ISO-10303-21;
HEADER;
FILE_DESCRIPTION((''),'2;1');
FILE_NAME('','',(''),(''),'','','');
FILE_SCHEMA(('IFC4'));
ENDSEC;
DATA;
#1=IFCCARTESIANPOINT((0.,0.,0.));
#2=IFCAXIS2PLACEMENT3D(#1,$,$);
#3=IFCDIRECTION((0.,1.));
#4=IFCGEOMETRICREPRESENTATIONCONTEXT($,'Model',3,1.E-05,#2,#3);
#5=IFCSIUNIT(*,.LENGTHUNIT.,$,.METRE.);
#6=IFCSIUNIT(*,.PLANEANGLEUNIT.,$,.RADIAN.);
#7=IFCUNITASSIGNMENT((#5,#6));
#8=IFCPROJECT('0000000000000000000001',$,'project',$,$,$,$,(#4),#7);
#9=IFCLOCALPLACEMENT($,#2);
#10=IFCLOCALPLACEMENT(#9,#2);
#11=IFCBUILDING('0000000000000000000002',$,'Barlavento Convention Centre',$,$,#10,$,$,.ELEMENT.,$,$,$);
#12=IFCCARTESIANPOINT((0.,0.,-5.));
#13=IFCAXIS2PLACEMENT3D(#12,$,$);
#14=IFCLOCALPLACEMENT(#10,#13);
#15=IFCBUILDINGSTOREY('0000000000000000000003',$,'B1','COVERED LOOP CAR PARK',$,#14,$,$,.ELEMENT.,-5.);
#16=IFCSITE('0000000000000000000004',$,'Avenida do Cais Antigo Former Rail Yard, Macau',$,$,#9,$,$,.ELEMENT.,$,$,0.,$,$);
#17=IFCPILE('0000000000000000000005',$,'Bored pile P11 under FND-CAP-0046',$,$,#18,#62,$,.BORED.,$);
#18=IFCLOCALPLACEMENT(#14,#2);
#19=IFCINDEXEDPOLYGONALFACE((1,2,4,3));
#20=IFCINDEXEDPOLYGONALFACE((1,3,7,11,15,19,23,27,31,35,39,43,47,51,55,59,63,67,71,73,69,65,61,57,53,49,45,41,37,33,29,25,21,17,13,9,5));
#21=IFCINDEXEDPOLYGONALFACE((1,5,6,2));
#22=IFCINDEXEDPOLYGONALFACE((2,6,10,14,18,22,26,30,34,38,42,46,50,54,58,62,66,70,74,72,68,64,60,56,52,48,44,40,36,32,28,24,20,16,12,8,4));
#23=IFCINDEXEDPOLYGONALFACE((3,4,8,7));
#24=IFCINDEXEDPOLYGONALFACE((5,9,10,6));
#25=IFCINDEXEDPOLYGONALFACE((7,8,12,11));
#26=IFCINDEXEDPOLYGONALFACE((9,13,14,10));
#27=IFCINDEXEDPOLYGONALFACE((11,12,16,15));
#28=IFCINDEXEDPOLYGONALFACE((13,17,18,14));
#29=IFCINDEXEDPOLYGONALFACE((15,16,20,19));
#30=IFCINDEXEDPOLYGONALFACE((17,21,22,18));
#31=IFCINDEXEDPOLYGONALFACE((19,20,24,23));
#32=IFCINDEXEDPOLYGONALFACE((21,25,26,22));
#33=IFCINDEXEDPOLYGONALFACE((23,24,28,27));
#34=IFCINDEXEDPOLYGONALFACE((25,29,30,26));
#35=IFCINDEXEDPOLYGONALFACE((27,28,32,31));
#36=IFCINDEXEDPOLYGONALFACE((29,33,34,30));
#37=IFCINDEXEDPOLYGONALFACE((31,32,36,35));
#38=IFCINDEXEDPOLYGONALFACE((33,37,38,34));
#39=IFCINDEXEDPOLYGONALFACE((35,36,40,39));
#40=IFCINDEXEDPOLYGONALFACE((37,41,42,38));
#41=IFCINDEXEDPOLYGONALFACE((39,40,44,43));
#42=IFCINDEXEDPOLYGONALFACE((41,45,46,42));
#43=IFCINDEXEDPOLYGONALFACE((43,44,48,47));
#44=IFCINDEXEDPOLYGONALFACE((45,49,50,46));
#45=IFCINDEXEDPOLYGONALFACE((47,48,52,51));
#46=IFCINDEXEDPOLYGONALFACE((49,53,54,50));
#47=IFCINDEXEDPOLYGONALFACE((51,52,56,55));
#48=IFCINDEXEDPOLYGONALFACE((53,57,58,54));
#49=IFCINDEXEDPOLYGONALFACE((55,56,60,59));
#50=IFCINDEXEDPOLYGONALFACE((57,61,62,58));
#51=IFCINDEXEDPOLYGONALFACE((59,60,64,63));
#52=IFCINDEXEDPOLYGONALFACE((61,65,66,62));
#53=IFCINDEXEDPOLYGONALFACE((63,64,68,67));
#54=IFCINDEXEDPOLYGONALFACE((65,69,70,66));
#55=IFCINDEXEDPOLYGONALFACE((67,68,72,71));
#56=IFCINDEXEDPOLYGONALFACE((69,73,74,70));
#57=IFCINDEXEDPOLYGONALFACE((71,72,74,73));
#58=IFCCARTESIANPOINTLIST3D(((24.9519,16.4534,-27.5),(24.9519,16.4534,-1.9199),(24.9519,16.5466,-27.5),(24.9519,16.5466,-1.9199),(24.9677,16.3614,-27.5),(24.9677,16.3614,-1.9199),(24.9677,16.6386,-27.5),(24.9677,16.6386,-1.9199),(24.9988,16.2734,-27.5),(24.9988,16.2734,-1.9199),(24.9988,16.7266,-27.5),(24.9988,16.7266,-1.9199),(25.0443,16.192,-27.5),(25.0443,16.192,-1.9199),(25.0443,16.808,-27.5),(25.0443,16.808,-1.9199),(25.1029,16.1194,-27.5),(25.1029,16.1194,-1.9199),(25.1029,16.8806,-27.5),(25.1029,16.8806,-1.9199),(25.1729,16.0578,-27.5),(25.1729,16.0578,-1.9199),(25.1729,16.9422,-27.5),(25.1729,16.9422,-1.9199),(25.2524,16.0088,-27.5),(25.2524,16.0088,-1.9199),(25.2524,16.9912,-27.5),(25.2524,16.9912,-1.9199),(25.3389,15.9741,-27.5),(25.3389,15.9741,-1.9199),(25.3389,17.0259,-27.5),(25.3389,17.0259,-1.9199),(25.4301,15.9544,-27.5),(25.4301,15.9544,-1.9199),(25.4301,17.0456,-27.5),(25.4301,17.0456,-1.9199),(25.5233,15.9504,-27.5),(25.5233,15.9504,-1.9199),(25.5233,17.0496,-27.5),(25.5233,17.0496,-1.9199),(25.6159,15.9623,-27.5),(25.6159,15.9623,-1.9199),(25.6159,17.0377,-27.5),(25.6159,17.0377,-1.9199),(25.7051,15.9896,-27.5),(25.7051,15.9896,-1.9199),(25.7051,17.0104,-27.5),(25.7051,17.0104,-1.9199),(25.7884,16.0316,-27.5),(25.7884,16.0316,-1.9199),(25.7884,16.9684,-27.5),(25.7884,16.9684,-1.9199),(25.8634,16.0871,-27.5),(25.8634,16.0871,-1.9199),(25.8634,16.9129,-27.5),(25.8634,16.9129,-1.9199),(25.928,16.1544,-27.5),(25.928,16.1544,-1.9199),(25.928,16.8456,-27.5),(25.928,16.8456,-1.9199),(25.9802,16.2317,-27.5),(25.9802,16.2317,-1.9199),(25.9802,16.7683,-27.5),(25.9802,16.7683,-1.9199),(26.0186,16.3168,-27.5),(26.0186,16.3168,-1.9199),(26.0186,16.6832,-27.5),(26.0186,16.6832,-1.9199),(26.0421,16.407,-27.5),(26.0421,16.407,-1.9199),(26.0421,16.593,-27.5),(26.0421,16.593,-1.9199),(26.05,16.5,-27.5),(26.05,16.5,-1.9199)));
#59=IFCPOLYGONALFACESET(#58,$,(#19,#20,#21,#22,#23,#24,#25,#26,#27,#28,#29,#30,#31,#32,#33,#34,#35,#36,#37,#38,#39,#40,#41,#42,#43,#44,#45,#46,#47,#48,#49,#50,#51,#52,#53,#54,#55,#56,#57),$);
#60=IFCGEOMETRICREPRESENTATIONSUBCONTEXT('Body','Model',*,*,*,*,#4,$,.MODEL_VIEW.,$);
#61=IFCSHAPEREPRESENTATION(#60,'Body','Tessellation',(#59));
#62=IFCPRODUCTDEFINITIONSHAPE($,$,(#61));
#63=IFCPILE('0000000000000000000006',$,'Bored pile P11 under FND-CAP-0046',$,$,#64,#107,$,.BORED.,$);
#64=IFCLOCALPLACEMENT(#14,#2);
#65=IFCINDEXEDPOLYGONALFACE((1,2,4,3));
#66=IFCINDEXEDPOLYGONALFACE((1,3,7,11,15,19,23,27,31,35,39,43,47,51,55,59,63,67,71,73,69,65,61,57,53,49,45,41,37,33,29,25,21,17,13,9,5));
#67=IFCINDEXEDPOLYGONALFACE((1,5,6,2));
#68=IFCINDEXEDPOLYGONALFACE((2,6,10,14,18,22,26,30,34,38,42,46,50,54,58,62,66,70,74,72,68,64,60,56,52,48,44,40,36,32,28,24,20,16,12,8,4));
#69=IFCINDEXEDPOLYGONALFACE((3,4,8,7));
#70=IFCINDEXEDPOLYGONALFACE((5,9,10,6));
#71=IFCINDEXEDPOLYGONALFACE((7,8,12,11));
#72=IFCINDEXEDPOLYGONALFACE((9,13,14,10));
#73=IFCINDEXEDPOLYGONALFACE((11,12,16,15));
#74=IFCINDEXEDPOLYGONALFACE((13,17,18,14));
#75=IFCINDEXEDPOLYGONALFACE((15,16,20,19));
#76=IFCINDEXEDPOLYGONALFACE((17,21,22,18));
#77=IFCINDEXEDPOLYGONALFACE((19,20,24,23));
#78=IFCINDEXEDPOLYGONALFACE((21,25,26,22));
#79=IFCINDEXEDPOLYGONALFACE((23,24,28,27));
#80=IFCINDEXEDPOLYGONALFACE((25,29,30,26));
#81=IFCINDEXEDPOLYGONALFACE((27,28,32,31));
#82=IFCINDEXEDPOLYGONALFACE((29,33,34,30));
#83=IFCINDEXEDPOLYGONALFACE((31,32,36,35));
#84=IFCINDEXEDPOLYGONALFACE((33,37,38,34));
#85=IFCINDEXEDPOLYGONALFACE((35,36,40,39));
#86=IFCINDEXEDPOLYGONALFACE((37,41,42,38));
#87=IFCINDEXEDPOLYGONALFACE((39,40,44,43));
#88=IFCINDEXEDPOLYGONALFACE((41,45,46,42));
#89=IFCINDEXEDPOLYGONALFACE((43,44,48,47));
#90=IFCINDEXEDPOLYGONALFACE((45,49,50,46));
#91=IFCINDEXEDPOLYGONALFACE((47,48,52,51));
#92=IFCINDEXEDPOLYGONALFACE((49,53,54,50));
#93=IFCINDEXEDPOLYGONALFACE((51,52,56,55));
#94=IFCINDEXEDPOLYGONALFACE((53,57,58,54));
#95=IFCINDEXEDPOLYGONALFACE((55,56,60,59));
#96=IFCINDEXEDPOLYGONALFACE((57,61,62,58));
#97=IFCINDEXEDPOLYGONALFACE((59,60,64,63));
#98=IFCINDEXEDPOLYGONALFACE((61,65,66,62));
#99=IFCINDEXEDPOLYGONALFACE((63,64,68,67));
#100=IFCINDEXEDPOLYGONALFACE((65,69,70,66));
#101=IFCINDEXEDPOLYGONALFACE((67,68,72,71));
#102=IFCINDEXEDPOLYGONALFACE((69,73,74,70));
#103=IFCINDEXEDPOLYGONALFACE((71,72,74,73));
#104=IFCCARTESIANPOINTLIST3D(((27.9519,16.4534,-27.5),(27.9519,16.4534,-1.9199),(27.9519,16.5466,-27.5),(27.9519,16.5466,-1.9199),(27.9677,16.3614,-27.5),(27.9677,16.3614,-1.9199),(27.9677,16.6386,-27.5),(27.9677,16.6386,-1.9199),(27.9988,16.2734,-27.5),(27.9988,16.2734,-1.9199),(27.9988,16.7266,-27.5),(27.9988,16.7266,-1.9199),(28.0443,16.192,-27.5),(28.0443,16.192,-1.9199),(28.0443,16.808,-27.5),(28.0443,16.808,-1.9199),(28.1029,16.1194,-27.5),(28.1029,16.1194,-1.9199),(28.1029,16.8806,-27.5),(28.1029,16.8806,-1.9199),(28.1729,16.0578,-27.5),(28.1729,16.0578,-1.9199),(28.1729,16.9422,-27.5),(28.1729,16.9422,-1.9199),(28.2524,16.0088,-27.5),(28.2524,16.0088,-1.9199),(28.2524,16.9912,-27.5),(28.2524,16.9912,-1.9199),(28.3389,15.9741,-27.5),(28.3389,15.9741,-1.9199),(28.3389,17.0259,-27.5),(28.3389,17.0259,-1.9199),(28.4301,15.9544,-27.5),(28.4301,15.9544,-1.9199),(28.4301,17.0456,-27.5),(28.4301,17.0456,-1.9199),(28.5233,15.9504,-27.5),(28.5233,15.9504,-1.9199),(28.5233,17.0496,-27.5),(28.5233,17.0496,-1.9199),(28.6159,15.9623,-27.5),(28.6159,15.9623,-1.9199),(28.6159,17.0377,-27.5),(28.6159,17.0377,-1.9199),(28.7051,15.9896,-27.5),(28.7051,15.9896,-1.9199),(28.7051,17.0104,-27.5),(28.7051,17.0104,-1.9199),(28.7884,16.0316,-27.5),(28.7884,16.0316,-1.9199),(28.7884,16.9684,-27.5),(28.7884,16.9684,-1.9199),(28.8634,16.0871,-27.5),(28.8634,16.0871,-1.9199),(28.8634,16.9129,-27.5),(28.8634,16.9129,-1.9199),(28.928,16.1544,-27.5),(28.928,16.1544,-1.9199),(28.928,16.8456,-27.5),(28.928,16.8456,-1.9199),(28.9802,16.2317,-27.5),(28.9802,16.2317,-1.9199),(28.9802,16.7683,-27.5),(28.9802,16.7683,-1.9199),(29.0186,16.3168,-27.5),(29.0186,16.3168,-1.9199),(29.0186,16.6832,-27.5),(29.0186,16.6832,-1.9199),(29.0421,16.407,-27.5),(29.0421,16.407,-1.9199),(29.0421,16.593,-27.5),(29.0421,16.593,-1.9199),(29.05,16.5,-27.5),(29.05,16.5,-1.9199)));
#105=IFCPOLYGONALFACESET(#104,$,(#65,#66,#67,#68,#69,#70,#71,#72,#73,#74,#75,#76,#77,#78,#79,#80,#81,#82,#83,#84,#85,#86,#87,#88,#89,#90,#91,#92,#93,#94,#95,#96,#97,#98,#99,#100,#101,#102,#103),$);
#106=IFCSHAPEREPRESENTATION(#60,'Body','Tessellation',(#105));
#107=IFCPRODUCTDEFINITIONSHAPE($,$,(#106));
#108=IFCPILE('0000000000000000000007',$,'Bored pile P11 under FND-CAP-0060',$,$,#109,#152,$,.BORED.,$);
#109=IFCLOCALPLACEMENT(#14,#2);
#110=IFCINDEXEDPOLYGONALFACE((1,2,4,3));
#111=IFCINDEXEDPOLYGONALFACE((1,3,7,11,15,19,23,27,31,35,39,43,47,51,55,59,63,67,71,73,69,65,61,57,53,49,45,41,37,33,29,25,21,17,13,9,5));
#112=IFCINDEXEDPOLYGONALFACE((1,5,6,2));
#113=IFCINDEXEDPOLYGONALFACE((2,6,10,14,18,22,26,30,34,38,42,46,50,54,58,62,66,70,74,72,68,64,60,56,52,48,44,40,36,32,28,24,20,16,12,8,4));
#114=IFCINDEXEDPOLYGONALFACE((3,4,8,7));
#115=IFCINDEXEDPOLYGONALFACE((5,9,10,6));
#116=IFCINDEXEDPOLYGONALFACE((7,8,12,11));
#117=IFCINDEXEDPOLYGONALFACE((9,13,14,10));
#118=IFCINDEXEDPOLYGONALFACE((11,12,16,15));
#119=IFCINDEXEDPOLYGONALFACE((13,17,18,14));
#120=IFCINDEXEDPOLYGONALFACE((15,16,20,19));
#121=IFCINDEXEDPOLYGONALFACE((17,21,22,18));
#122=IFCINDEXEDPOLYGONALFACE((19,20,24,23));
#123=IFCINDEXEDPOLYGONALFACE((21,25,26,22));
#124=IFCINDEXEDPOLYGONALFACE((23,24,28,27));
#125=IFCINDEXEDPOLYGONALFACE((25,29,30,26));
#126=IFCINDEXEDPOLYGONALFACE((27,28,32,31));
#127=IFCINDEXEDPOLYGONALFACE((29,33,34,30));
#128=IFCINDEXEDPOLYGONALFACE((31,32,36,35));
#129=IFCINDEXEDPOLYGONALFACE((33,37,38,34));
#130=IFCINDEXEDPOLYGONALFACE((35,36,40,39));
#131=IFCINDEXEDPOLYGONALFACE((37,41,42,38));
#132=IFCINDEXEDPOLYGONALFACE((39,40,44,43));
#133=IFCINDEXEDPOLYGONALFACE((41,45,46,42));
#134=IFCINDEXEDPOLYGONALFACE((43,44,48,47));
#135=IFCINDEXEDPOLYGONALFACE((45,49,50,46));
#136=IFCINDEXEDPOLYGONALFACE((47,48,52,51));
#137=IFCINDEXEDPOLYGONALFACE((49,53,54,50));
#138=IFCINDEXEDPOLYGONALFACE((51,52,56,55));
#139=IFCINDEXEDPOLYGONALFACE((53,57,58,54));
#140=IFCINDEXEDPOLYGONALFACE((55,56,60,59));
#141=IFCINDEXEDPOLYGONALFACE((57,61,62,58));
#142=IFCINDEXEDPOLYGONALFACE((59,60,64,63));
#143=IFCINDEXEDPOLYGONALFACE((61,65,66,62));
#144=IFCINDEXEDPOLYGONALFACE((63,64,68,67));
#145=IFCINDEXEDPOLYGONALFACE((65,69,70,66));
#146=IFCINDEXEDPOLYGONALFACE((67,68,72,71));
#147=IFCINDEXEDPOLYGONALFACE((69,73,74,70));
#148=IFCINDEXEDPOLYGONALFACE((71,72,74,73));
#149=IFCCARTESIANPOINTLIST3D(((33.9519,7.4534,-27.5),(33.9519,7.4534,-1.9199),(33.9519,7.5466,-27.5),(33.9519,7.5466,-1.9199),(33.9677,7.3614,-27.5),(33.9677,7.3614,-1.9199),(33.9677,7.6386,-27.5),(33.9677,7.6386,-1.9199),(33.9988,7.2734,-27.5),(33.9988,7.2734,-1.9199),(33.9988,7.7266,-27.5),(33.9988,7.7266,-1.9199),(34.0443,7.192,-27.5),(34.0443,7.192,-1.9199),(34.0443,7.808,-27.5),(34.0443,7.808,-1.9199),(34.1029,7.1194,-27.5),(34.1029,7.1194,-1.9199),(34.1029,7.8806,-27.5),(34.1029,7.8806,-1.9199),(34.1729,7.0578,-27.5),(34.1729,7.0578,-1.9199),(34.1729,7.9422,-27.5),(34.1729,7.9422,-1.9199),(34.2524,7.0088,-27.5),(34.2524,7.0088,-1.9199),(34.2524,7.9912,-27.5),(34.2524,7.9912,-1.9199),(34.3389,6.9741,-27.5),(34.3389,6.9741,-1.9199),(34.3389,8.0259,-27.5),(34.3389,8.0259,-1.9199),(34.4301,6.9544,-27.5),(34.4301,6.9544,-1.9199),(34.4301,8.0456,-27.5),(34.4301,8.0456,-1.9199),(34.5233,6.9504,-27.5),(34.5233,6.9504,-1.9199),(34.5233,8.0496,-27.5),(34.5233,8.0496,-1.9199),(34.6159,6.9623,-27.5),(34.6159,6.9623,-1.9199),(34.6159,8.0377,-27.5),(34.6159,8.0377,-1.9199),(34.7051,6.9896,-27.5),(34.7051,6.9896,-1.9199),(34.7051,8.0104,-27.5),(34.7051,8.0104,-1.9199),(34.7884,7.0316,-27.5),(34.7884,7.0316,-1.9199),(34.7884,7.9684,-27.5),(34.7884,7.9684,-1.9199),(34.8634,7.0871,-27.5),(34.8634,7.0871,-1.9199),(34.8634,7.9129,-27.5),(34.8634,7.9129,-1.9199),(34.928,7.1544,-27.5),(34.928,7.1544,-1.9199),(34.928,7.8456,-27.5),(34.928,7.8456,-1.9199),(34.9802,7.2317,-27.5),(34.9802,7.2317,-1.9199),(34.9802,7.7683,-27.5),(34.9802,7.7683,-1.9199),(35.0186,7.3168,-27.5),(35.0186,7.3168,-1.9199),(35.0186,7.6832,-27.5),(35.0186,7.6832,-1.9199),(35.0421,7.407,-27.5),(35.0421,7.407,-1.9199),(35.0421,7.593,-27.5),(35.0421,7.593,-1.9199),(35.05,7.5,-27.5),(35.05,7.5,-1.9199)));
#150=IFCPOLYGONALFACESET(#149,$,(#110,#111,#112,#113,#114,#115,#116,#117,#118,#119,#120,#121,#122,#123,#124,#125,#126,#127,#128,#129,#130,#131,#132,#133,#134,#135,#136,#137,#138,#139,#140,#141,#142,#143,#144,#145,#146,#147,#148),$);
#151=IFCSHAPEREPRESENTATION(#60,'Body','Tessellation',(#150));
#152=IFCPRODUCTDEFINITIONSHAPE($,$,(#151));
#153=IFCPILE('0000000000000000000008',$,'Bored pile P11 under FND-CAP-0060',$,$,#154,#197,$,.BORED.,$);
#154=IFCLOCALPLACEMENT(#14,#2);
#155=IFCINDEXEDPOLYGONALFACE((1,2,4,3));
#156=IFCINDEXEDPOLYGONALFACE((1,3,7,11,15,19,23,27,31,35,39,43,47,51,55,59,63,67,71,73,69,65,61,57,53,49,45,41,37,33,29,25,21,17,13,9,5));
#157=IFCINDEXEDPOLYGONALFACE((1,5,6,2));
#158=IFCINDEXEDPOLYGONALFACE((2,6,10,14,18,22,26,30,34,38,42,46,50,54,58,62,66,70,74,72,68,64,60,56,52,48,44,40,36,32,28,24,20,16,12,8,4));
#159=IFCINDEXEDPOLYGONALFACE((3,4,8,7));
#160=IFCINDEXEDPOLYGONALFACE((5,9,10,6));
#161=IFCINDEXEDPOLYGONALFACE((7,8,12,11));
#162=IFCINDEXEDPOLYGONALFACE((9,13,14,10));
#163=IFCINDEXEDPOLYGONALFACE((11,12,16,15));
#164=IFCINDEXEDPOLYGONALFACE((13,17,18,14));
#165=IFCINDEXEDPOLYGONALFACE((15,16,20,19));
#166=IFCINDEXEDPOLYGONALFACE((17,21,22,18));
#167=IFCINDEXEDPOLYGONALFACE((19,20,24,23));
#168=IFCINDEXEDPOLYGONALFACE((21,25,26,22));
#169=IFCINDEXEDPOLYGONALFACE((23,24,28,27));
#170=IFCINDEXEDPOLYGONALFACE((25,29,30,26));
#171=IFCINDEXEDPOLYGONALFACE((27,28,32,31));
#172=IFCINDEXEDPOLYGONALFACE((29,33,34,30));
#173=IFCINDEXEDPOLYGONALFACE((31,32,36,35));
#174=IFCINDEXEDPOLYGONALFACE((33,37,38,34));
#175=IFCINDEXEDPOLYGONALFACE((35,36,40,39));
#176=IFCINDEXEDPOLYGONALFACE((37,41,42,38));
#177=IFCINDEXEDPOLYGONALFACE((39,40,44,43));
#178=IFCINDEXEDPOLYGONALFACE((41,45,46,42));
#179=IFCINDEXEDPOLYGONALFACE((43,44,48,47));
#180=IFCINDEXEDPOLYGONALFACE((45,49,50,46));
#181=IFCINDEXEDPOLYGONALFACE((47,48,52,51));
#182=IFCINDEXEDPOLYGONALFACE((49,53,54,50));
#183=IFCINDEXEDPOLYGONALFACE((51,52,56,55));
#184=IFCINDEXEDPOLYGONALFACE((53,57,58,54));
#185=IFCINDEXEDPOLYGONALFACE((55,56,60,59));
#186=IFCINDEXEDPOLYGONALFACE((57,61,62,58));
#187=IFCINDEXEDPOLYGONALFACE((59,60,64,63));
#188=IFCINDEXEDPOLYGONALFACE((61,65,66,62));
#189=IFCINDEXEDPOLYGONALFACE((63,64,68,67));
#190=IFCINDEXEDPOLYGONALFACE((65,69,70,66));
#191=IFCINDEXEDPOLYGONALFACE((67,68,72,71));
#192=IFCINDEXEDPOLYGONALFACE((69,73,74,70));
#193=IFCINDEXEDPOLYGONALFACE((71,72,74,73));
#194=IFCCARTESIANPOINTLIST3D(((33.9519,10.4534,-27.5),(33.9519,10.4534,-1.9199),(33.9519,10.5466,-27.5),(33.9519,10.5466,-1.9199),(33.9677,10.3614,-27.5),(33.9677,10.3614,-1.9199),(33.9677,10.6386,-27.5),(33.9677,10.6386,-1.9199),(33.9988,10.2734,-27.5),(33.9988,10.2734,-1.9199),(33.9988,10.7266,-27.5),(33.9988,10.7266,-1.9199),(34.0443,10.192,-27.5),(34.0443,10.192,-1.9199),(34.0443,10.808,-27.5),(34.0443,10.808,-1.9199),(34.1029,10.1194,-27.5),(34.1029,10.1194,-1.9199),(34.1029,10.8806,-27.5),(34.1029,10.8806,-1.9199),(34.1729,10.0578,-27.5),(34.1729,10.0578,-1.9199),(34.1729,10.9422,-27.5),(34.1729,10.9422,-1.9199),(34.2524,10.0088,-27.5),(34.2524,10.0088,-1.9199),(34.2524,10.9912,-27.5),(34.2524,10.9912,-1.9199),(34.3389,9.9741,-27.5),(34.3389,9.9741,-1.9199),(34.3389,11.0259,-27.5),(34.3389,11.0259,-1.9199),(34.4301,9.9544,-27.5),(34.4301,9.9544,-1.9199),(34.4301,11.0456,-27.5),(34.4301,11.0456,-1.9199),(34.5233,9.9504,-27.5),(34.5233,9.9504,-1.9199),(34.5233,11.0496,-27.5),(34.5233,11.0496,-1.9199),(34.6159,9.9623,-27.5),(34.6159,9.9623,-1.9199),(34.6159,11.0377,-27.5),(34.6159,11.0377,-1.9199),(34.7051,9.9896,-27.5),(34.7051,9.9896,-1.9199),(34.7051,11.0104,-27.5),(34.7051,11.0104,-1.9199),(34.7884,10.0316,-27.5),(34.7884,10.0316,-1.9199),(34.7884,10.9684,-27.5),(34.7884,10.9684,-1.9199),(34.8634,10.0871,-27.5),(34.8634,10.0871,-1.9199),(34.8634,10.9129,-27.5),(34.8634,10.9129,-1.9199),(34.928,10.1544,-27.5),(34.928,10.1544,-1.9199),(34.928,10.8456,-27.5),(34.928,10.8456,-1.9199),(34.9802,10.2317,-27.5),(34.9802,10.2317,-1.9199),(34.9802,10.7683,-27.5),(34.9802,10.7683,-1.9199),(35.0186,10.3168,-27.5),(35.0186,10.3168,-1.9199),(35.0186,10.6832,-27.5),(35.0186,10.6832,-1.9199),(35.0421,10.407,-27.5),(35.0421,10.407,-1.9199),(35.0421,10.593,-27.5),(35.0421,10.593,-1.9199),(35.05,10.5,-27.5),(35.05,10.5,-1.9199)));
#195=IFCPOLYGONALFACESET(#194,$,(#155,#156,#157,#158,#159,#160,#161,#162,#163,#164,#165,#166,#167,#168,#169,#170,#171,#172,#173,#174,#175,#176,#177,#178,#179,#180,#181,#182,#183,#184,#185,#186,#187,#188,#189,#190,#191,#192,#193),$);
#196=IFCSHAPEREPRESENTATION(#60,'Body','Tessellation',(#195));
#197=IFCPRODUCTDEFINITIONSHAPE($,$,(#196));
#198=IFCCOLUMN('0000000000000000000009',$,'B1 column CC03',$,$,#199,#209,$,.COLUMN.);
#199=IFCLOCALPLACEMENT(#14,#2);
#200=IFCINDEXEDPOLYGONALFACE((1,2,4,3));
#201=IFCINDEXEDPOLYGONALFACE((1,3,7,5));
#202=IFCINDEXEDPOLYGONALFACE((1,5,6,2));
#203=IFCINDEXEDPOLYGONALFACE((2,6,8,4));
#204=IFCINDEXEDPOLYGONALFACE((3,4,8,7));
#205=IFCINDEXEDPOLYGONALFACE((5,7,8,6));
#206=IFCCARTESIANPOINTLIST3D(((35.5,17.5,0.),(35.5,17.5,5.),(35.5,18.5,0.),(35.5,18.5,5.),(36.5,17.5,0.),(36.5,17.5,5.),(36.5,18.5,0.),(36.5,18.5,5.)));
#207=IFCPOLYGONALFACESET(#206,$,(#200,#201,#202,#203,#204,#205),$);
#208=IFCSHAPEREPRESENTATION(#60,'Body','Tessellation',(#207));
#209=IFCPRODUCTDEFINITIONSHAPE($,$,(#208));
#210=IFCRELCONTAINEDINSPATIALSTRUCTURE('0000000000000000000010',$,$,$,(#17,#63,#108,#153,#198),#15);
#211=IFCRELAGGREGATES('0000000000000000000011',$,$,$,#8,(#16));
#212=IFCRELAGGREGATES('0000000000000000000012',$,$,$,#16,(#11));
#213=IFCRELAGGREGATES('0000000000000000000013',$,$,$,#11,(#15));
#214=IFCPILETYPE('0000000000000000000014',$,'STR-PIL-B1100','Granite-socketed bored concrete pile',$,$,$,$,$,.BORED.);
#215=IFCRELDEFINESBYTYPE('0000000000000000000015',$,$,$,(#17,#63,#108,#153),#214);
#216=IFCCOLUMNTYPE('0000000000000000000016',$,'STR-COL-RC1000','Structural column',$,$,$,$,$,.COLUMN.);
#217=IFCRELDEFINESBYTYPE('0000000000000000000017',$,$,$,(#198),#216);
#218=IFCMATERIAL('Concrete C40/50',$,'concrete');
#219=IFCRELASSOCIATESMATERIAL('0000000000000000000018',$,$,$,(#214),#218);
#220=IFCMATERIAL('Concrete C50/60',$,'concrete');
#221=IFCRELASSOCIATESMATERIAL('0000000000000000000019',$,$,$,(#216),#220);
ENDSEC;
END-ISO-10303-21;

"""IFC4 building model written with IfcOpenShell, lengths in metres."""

from ifc_helpers import new_model, si_unit, direction, frame, origin, origin_2d, place, context, subcontext, project, spatial, rectangle, circle, extrude, material, material_profile, profile_set, type_object, element, save


model = new_model("IFC4")

# Units and contexts
model_context = context("Model", 3, precision=1e-05, world=origin(), true_north=direction((0.0, 1.0)))
body_context = subcontext(model_context, "Body", "Model", "MODEL_VIEW")
ifc_project = project(units=[si_unit("LENGTHUNIT", "METRE"), si_unit("PLANEANGLEUNIT", "RADIAN")], contexts=[model_context])

# Site, building, storey
site_placement = place(None, origin())
site = spatial("IfcSite", under=ifc_project, at=site_placement, Name="Avenida do Cais Antigo Former Rail Yard, Macau", CompositionType="ELEMENT", RefElevation=0.0)
building_placement = place(site_placement, origin())
building = spatial("IfcBuilding", under=site, at=building_placement, Name="Barlavento Convention Centre", CompositionType="ELEMENT")
storey_placement = place(building_placement, frame((0.0, 0.0, -5.0)))
storey = spatial("IfcBuildingStorey", under=building, at=storey_placement, Name="B1", Description="COVERED LOOP CAR PARK", CompositionType="ELEMENT", Elevation=-5.0)

# Shared definitions
ifc_material_1 = material(Name="Concrete C40/50", Category="concrete")

# Piles
ifc_material_profile_1 = material_profile(ifc_material_1, circle(Radius=0.55, at=origin_2d()), Name="BORED PILE 1100")
ifc_profile_set_1 = profile_set([ifc_material_profile_1], Name="Concrete C40/50")
pile_type_1 = type_object("IfcPileType", Name="STR-PIL-B1100", Description="Granite-socketed bored concrete pile", PredefinedType="BORED", material=ifc_profile_set_1)
for number, where, z_axis, x_axis, name in (
    (1, (25.5, 16.5, -1.9199), (0.0, 0.0, -1.0), (1.0, 0.0, 0.0), "Bored pile P11 under FND-CAP-0046"),
    (2, (28.5, 16.5, -1.9199), (0.0, 0.0, -1.0), (1.0, 0.0, 0.0), "Bored pile P11 under FND-CAP-0046"),
    (3, (34.5, 7.5, -1.9199), (0.0, 0.0, -1.0), (1.0, 0.0, 0.0), "Bored pile P11 under FND-CAP-0060"),
    (4, (34.5, 10.5, -1.9199), (0.0, 0.0, -1.0), (1.0, 0.0, 0.0), "Bored pile P11 under FND-CAP-0060"),
):
    element("IfcPile", number, at=place(storey_placement, frame(where, z_axis=z_axis, x_axis=x_axis)), inside=storey, type_object=pile_type_1, Name=name, PredefinedType="BORED", context=body_context, shape_type="SweptSolid", body=[
        extrude(circle(Radius=0.55, at=origin_2d()), origin(), (0.0, 0.0, 1.0), 25.5801),
    ])

# Column
ifc_material_2 = material(Name="Concrete C50/60", Category="concrete")
ifc_material_profile_2 = material_profile(ifc_material_2, rectangle(XDim=1.0, YDim=1.0, at=origin_2d()), Name="RC 1000x1000")
ifc_profile_set_2 = profile_set([ifc_material_profile_2], Name="Concrete C50/60")
column_type_1 = type_object("IfcColumnType", Name="STR-COL-RC1000", Description="Structural column", PredefinedType="COLUMN", material=ifc_profile_set_2)
column_1_placement = place(storey_placement, frame((36.0, 18.0, 0.0), z_axis=(0.0, 0.0, 1.0), x_axis=(1.0, 0.0, 0.0)))
element("IfcColumn", 5, at=column_1_placement, inside=storey, type_object=column_type_1, Name="B1 column CC03", PredefinedType="COLUMN", context=body_context, shape_type="SweptSolid", body=[
    extrude(rectangle(XDim=1.0, YDim=1.0, at=origin_2d()), origin(), (0.0, 0.0, 1.0), 5.0),
])

save(model, "model.ifc")
